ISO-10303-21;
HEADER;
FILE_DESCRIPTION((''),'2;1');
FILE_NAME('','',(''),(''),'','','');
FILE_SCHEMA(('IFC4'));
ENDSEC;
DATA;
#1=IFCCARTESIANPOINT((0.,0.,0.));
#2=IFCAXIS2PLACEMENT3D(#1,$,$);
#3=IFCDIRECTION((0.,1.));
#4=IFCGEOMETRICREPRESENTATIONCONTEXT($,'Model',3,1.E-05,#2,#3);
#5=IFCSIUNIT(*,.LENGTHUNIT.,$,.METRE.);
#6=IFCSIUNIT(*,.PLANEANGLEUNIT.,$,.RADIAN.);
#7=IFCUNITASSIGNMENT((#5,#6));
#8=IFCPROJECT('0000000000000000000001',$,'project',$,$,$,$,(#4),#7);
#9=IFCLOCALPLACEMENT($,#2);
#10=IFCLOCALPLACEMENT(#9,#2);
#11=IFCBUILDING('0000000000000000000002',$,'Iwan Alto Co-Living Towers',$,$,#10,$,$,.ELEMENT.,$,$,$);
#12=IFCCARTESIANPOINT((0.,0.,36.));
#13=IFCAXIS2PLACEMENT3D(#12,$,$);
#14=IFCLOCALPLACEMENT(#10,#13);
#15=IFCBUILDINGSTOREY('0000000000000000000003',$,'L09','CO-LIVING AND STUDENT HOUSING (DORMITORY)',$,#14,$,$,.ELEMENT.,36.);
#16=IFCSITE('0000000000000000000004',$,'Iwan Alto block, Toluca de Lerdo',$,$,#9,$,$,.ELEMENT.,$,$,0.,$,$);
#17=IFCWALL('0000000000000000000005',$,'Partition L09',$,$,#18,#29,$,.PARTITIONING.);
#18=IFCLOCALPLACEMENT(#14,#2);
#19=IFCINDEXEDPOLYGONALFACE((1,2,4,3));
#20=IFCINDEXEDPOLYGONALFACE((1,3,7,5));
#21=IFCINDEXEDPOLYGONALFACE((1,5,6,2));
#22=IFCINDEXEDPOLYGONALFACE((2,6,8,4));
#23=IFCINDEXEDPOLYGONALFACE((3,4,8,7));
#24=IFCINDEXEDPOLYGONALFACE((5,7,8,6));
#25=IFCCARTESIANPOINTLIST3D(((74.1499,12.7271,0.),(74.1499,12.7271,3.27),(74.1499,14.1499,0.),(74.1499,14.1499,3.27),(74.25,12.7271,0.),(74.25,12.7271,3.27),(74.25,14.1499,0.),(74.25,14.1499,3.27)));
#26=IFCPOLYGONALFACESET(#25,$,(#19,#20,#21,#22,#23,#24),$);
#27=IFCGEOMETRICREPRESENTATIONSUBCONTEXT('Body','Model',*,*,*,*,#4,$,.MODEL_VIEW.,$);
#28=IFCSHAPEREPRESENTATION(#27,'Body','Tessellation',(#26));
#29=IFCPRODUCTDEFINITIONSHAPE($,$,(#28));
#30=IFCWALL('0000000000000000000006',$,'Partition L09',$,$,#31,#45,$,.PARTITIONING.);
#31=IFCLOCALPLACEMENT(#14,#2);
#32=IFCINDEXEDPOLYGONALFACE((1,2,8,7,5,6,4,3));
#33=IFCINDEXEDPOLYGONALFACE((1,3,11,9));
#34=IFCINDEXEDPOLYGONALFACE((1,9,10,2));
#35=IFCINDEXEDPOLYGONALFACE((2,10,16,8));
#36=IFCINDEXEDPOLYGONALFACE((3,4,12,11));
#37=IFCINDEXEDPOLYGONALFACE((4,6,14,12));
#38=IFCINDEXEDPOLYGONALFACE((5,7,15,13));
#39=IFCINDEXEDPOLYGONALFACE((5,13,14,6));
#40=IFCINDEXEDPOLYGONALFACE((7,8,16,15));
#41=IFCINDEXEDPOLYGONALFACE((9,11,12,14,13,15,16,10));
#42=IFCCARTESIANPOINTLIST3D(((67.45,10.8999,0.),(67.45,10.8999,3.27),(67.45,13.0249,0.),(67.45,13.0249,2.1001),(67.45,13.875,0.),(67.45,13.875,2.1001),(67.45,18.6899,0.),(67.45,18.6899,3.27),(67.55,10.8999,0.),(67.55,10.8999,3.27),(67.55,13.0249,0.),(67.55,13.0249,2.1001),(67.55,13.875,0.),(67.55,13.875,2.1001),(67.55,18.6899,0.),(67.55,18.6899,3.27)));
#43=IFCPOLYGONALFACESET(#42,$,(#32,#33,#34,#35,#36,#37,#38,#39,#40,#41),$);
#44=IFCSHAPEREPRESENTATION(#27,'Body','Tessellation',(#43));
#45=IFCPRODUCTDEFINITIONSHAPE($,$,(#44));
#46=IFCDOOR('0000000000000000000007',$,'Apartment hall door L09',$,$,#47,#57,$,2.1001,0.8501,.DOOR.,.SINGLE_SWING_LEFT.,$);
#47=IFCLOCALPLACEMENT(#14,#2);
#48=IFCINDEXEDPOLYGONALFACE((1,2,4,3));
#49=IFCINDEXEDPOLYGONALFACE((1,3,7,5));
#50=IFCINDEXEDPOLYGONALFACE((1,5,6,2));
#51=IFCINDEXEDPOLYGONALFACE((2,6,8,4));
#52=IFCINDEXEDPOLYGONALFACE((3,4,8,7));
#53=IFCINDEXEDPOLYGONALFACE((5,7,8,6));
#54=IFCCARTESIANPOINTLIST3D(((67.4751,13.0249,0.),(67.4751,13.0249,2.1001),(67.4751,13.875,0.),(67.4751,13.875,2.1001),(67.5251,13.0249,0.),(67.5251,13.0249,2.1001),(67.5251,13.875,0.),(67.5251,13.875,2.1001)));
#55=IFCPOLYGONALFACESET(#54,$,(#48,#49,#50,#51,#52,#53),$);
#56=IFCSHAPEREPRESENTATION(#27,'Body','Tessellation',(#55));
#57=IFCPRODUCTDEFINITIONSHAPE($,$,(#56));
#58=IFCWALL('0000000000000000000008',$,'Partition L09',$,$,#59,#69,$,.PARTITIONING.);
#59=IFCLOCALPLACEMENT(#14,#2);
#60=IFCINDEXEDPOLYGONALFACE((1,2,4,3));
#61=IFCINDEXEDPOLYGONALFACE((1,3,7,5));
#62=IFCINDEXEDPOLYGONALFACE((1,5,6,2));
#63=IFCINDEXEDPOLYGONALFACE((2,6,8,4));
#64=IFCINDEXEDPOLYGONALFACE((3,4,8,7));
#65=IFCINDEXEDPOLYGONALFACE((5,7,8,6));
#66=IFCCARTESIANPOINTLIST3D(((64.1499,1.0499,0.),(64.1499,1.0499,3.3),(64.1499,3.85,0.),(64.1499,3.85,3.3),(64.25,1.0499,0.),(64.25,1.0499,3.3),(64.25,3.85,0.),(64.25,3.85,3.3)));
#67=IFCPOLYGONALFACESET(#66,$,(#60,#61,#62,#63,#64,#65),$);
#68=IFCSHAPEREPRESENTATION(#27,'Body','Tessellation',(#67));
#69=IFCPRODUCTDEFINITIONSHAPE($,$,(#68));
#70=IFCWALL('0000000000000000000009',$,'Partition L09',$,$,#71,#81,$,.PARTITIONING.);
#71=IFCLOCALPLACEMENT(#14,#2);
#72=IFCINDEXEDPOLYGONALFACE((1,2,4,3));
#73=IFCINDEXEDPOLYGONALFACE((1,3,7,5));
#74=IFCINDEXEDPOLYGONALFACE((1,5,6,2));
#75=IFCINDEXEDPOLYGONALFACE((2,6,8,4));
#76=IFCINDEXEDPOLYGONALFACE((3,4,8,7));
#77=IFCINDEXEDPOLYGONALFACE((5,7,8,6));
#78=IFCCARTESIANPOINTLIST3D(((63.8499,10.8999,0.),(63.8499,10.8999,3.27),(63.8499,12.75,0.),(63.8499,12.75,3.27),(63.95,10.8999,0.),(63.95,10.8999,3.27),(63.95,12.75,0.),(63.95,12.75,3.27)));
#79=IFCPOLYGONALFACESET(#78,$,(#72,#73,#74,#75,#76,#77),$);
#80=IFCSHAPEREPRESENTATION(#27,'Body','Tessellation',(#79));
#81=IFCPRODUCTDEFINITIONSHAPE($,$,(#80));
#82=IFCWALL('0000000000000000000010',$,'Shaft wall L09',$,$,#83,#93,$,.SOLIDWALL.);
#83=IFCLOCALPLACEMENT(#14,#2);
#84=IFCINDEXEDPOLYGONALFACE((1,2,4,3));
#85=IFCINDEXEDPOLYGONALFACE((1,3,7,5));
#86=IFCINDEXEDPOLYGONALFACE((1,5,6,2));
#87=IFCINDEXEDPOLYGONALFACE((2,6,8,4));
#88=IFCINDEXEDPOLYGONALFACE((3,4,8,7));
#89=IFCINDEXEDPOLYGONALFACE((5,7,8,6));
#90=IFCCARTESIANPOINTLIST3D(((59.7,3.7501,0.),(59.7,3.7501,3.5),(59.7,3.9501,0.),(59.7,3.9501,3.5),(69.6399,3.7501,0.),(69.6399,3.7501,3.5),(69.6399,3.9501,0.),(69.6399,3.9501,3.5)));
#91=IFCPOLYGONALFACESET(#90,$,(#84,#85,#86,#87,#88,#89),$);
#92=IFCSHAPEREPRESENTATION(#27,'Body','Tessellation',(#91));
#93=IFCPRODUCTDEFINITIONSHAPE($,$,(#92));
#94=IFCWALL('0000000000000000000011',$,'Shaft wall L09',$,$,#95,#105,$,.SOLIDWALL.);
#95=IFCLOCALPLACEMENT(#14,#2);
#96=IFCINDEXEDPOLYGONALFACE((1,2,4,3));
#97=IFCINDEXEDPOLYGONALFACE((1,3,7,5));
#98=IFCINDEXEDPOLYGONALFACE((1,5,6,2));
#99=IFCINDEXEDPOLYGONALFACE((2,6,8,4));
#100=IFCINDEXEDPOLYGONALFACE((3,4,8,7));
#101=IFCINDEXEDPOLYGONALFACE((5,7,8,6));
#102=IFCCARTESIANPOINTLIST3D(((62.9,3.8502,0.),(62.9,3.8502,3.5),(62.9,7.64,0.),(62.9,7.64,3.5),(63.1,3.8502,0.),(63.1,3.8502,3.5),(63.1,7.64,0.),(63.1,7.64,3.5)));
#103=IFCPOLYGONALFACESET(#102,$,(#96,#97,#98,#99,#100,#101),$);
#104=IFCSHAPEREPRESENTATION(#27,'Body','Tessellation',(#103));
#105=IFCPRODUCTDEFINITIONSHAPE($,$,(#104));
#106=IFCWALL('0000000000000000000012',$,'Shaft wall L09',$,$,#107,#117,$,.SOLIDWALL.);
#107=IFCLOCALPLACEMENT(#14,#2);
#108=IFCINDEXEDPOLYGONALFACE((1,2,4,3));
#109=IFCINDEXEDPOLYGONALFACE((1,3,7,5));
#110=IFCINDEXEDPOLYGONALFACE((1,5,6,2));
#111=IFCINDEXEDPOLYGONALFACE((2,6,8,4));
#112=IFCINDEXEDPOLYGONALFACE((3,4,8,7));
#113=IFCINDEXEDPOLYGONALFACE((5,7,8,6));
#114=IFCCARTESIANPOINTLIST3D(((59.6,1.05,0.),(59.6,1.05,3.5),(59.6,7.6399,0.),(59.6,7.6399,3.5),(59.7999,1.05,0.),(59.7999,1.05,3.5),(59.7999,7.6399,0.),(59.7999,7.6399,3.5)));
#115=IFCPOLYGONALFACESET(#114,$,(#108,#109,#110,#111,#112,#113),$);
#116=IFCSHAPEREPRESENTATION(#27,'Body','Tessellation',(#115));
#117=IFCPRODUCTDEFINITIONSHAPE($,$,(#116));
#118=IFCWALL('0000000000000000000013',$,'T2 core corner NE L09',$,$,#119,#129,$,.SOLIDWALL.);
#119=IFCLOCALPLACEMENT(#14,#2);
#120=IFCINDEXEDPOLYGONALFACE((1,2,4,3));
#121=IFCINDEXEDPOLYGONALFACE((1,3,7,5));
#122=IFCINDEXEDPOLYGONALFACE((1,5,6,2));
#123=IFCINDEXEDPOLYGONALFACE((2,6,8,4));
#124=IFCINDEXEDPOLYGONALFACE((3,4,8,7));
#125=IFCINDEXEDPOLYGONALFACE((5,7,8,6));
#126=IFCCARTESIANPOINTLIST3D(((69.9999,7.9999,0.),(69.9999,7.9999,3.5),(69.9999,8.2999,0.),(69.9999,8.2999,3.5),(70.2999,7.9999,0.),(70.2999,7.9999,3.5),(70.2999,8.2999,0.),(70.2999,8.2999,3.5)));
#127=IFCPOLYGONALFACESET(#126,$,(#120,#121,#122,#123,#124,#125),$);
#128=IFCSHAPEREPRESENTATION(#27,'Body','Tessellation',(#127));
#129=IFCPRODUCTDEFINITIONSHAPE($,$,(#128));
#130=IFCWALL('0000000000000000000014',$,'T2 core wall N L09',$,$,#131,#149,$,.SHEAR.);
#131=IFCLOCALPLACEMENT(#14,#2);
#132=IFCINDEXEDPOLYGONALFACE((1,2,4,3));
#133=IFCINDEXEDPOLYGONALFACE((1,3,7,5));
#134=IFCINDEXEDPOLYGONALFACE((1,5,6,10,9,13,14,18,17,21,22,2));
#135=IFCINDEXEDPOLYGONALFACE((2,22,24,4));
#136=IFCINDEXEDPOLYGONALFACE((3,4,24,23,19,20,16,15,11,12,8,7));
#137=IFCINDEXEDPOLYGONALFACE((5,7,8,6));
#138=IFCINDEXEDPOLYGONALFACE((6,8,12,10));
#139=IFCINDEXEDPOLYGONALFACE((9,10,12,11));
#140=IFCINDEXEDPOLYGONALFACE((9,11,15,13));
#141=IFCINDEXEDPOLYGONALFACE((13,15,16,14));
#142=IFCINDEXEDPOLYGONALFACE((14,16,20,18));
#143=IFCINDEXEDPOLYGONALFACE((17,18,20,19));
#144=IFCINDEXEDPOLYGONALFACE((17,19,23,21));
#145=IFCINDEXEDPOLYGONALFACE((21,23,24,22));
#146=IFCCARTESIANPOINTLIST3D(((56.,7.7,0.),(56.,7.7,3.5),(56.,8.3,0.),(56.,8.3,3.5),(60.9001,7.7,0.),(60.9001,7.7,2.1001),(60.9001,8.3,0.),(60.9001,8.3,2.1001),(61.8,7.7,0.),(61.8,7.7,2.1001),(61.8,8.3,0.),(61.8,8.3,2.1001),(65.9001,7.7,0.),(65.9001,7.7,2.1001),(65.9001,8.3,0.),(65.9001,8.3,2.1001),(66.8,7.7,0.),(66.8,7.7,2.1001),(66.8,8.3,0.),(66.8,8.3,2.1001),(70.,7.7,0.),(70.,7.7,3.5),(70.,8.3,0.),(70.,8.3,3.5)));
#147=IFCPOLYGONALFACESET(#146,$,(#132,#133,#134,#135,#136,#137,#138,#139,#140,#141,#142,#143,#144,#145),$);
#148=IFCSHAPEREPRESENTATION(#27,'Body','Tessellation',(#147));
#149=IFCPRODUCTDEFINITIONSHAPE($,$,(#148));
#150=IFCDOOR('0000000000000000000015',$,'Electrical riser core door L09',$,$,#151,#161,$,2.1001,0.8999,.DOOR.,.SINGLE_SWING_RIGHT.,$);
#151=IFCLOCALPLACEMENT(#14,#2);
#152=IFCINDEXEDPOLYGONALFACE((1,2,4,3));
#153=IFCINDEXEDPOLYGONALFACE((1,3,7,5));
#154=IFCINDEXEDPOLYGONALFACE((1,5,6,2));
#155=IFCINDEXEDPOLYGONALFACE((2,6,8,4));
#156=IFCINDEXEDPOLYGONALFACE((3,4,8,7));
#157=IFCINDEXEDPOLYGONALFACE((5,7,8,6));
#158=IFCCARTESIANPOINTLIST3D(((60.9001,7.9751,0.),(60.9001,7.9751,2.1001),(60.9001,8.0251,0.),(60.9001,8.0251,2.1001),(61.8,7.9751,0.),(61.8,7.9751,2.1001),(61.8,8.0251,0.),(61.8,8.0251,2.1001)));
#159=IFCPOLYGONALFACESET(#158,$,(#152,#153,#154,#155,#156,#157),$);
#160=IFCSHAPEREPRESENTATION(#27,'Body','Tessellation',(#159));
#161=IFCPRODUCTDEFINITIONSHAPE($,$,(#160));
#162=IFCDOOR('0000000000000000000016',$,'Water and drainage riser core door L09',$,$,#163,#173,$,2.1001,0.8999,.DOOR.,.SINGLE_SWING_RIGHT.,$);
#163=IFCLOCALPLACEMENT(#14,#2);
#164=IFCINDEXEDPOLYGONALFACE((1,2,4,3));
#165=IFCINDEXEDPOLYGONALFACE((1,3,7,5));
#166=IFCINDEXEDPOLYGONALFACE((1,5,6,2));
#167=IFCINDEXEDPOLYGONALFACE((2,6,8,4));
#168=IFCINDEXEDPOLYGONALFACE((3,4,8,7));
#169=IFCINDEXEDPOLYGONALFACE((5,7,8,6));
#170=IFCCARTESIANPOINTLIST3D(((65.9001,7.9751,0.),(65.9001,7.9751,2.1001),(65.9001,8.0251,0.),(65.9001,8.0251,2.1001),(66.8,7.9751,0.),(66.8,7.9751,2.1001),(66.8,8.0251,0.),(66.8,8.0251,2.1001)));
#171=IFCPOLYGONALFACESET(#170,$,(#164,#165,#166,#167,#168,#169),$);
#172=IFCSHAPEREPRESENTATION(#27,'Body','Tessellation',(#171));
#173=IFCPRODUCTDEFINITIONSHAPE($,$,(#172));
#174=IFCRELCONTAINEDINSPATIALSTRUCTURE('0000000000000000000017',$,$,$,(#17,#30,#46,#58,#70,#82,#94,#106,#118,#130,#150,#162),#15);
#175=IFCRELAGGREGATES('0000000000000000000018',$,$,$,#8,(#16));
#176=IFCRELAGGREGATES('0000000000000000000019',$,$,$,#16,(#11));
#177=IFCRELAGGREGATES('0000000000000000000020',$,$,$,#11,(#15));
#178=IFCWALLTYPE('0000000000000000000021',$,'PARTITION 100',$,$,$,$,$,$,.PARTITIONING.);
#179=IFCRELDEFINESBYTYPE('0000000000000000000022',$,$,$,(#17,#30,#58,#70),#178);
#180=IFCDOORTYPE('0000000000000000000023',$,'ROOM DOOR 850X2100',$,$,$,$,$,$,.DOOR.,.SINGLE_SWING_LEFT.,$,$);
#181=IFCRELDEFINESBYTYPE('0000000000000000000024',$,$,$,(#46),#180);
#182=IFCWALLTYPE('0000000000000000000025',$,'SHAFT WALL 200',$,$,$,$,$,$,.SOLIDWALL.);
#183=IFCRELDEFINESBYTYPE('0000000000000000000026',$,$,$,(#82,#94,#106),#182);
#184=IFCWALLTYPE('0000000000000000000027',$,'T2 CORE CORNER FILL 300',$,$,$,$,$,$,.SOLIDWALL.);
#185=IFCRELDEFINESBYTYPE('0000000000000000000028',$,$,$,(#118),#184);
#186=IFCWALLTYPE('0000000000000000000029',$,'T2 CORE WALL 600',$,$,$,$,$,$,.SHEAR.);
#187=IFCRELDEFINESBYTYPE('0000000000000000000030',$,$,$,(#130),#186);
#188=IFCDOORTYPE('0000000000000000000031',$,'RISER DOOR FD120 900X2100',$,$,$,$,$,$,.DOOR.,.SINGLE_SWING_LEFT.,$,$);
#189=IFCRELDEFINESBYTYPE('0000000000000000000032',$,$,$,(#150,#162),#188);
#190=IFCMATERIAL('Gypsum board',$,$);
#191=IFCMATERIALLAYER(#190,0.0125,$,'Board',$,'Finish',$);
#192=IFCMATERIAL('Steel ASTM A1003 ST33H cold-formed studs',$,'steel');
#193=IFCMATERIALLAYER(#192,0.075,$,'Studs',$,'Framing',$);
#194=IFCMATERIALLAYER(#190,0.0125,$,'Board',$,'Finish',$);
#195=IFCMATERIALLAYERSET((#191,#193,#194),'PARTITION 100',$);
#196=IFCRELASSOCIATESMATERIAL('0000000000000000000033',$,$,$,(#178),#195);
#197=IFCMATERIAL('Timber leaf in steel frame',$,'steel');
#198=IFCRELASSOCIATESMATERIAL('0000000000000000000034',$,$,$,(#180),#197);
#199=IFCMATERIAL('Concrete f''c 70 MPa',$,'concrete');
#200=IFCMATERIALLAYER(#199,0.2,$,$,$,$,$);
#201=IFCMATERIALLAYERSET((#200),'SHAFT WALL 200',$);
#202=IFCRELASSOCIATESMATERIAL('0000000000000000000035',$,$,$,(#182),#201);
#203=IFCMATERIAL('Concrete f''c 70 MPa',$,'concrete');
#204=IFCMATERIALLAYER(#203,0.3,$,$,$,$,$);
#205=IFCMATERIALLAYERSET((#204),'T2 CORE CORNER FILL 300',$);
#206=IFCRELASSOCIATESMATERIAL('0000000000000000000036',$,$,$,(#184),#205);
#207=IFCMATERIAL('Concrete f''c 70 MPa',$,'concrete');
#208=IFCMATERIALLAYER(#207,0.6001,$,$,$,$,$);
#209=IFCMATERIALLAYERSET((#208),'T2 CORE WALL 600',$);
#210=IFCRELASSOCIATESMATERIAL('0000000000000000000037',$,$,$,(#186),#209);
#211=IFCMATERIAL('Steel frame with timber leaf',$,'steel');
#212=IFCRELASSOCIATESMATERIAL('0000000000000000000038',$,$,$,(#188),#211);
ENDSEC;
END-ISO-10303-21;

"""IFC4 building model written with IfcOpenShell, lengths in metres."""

from ifc_helpers import new_model, si_unit, direction, frame, frame_2d, origin, place, context, subcontext, project, spatial, rectangle, extrude, material, layer, layer_set, type_object, element, fill, save


model = new_model("IFC4")

# Units and contexts
model_context = context("Model", 3, precision=1e-05, world=origin(), true_north=direction((0.0, 1.0)))
body_context = subcontext(model_context, "Body", "Model", "MODEL_VIEW")
ifc_project = project(units=[si_unit("LENGTHUNIT", "METRE"), si_unit("PLANEANGLEUNIT", "RADIAN")], contexts=[model_context])

# Site, building, storey
site_placement = place(None, origin())
site = spatial("IfcSite", under=ifc_project, at=site_placement, Name="Iwan Alto block, Toluca de Lerdo", CompositionType="ELEMENT", RefElevation=0.0)
building_placement = place(site_placement, origin())
building = spatial("IfcBuilding", under=site, at=building_placement, Name="Iwan Alto Co-Living Towers", CompositionType="ELEMENT")
storey_placement = place(building_placement, frame((0.0, 0.0, 36.0)))
storey = spatial("IfcBuildingStorey", under=building, at=storey_placement, Name="L09", Description="CO-LIVING AND STUDENT HOUSING (DORMITORY)", CompositionType="ELEMENT", Elevation=36.0)

# Shared definitions
ifc_material_1 = material(Name="Gypsum board")
ifc_layer_1 = layer(ifc_material_1, 0.0125, Name="Board", Category="Finish")
ifc_material_2 = material(Name="Steel ASTM A1003 ST33H cold-formed studs", Category="steel")
ifc_layer_2 = layer(ifc_material_2, 0.075, Name="Studs", Category="Framing")
ifc_layer_3 = layer(ifc_material_1, 0.0125, Name="Board", Category="Finish")
ifc_layer_set_1 = layer_set([ifc_layer_1, ifc_layer_2, ifc_layer_3], Name="PARTITION 100")
wall_type_1 = type_object("IfcWallType", Name="PARTITION 100", PredefinedType="PARTITIONING", material=ifc_layer_set_1)
ifc_material_3 = material(Name="Timber leaf in steel frame", Category="steel")
door_type_1 = type_object("IfcDoorType", Name="ROOM DOOR 850X2100", OperationType="SINGLE_SWING_LEFT", PredefinedType="DOOR", material=ifc_material_3)

# Wall
wall_1_placement = place(storey_placement, frame((74.2, 12.7271, 0.0), z_axis=(0.0, 0.0, 1.0), x_axis=(0.0, 1.0, 0.0)))
element("IfcWall", 1, at=wall_1_placement, inside=storey, type_object=wall_type_1, Name="Partition L09", PredefinedType="PARTITIONING", context=body_context, shape_type="SweptSolid", body=[
    extrude(rectangle(XDim=1.4229, YDim=0.1001, at=frame_2d((0.7114, 0.0))), origin(), (0.0, 0.0, 1.0), 3.27),
])

# Wall, opening, door
wall_2_placement = place(storey_placement, frame((67.5, 10.8999, 0.0), z_axis=(0.0, 0.0, 1.0), x_axis=(0.0, 1.0, 0.0)))
wall_2 = element("IfcWall", 2, at=wall_2_placement, inside=storey, type_object=wall_type_1, Name="Partition L09", PredefinedType="PARTITIONING", context=body_context, shape_type="SweptSolid", body=[
    extrude(rectangle(XDim=7.79, YDim=0.1001, at=frame_2d((3.895, 0.0))), origin(), (0.0, 0.0, 1.0), 3.27),
])
opening_1_placement = place(wall_2_placement, frame((2.125, 0.0, 0.0)))
opening_1 = element("IfcOpeningElement", 3, at=opening_1_placement, cuts=wall_2, PredefinedType="OPENING", context=body_context, shape_type="SweptSolid", body=[
    extrude(rectangle(XDim=0.8501, YDim=2.1001, at=frame_2d((0.425, 1.05))), frame((0.0, 0.0601, 0.0), z_axis=(0.0, -1.0, 0.0), x_axis=(1.0, 0.0, 0.0)), (0.0, 0.0, 1.0), 0.1201),
])
door_1_placement = place(opening_1_placement, origin())
door_1 = element("IfcDoor", 4, at=door_1_placement, inside=storey, type_object=door_type_1, Name="Apartment hall door L09", OperationType="SINGLE_SWING_LEFT", OverallHeight=2.1001, OverallWidth=0.8501, PredefinedType="DOOR", context=body_context, shape_type="SweptSolid", body=[
    extrude(rectangle(XDim=0.8501, YDim=2.1001, at=frame_2d((0.425, 1.05))), frame((0.0, 0.0249, 0.0), z_axis=(0.0, -1.0, 0.0), x_axis=(1.0, 0.0, 0.0)), (0.0, 0.0, 1.0), 0.05),
])
fill(opening_1, door_1)

# Walls
wall_3_placement = place(storey_placement, frame((64.2, 1.05, 0.0), z_axis=(0.0, 0.0, 1.0), x_axis=(0.0, 1.0, 0.0)))
element("IfcWall", 5, at=wall_3_placement, inside=storey, type_object=wall_type_1, Name="Partition L09", PredefinedType="PARTITIONING", context=body_context, shape_type="SweptSolid", body=[
    extrude(rectangle(XDim=2.8, YDim=0.1001, at=frame_2d((1.3999, 0.0))), origin(), (0.0, 0.0, 1.0), 3.3),
])
wall_4_placement = place(storey_placement, frame((63.8999, 10.8999, 0.0), z_axis=(0.0, 0.0, 1.0), x_axis=(0.0, 1.0, 0.0)))
element("IfcWall", 6, at=wall_4_placement, inside=storey, type_object=wall_type_1, Name="Partition L09", PredefinedType="PARTITIONING", context=body_context, shape_type="SweptSolid", body=[
    extrude(rectangle(XDim=1.8501, YDim=0.1001, at=frame_2d((0.925, 0.0))), origin(), (0.0, 0.0, 1.0), 3.27),
])
ifc_material_4 = material(Name="Concrete f'c 70 MPa", Category="concrete")
ifc_layer_4 = layer(ifc_material_4, 0.2)
ifc_layer_set_2 = layer_set([ifc_layer_4], Name="SHAFT WALL 200")
wall_type_2 = type_object("IfcWallType", Name="SHAFT WALL 200", PredefinedType="SOLIDWALL", material=ifc_layer_set_2)
wall_5_placement = place(storey_placement, frame((59.7, 3.8501, 0.0), z_axis=(0.0, 0.0, 1.0), x_axis=(1.0, 0.0, 0.0)))
element("IfcWall", 7, at=wall_5_placement, inside=storey, type_object=wall_type_2, Name="Shaft wall L09", PredefinedType="SOLIDWALL", context=body_context, shape_type="SweptSolid", body=[
    extrude(rectangle(XDim=9.9399, YDim=0.2, at=frame_2d((4.97, 0.0))), origin(), (0.0, 0.0, 1.0), 3.5),
])
wall_6_placement = place(storey_placement, frame((63.0, 3.8501, 0.0), z_axis=(0.0, 0.0, 1.0), x_axis=(0.0, 1.0, 0.0)))
element("IfcWall", 8, at=wall_6_placement, inside=storey, type_object=wall_type_2, Name="Shaft wall L09", PredefinedType="SOLIDWALL", context=body_context, shape_type="SweptSolid", body=[
    extrude(rectangle(XDim=3.7898, YDim=0.2, at=frame_2d((1.895, 0.0))), origin(), (0.0, 0.0, 1.0), 3.5),
])
wall_7_placement = place(storey_placement, frame((59.7, 1.05, 0.0), z_axis=(0.0, 0.0, 1.0), x_axis=(0.0, 1.0, 0.0)))
element("IfcWall", 9, at=wall_7_placement, inside=storey, type_object=wall_type_2, Name="Shaft wall L09", PredefinedType="SOLIDWALL", context=body_context, shape_type="SweptSolid", body=[
    extrude(rectangle(XDim=6.5898, YDim=0.2, at=frame_2d((3.2949, 0.0))), origin(), (0.0, 0.0, 1.0), 3.5),
])
ifc_material_5 = material(Name="Concrete f'c 70 MPa", Category="concrete")
ifc_layer_5 = layer(ifc_material_5, 0.3)
ifc_layer_set_3 = layer_set([ifc_layer_5], Name="T2 CORE CORNER FILL 300")
wall_type_3 = type_object("IfcWallType", Name="T2 CORE CORNER FILL 300", PredefinedType="SOLIDWALL", material=ifc_layer_set_3)
wall_8_placement = place(storey_placement, frame((70.0, 8.1499, 0.0), z_axis=(0.0, 0.0, 1.0), x_axis=(1.0, 0.0, 0.0)))
element("IfcWall", 10, at=wall_8_placement, inside=storey, type_object=wall_type_3, Name="T2 core corner NE L09", PredefinedType="SOLIDWALL", context=body_context, shape_type="SweptSolid", body=[
    extrude(rectangle(XDim=0.3, YDim=0.3, at=frame_2d((0.1499, 0.0))), origin(), (0.0, 0.0, 1.0), 3.5),
])

# Wall, openings, doors
ifc_material_6 = material(Name="Concrete f'c 70 MPa", Category="concrete")
ifc_layer_6 = layer(ifc_material_6, 0.6001)
ifc_layer_set_4 = layer_set([ifc_layer_6], Name="T2 CORE WALL 600")
wall_type_4 = type_object("IfcWallType", Name="T2 CORE WALL 600", PredefinedType="SHEAR", material=ifc_layer_set_4)
wall_9_placement = place(storey_placement, frame((70.0, 8.0, 0.0), z_axis=(0.0, 0.0, 1.0), x_axis=(-1.0, 0.0, 0.0)))
wall_9 = element("IfcWall", 11, at=wall_9_placement, inside=storey, type_object=wall_type_4, Name="T2 core wall N L09", PredefinedType="SHEAR", context=body_context, shape_type="SweptSolid", body=[
    extrude(rectangle(XDim=14.0, YDim=0.6001, at=frame_2d((7.0, 0.0))), origin(), (0.0, 0.0, 1.0), 3.5),
])
opening_2_placement = place(wall_9_placement, frame((8.2, 0.0, 0.0)))
opening_2 = element("IfcOpeningElement", 12, at=opening_2_placement, cuts=wall_9, PredefinedType="OPENING", context=body_context, shape_type="SweptSolid", body=[
    extrude(rectangle(XDim=0.8999, YDim=2.1001, at=frame_2d((0.45, 1.05))), frame((0.0, 0.3101, 0.0), z_axis=(0.0, -1.0, 0.0), x_axis=(1.0, 0.0, 0.0)), (0.0, 0.0, 1.0), 0.6201),
])
opening_3_placement = place(wall_9_placement, frame((3.2, 0.0, 0.0)))
opening_3 = element("IfcOpeningElement", 13, at=opening_3_placement, cuts=wall_9, PredefinedType="OPENING", context=body_context, shape_type="SweptSolid", body=[
    extrude(rectangle(XDim=0.8999, YDim=2.1001, at=frame_2d((0.45, 1.05))), frame((0.0, 0.3101, 0.0), z_axis=(0.0, -1.0, 0.0), x_axis=(1.0, 0.0, 0.0)), (0.0, 0.0, 1.0), 0.6201),
])
ifc_material_7 = material(Name="Steel frame with timber leaf", Category="steel")
door_type_2 = type_object("IfcDoorType", Name="RISER DOOR FD120 900X2100", OperationType="SINGLE_SWING_LEFT", PredefinedType="DOOR", material=ifc_material_7)
door_2_placement = place(opening_2_placement, origin())
door_2 = element("IfcDoor", 14, at=door_2_placement, inside=storey, type_object=door_type_2, Name="Electrical riser core door L09", OperationType="SINGLE_SWING_RIGHT", OverallHeight=2.1001, OverallWidth=0.8999, PredefinedType="DOOR", context=body_context, shape_type="SweptSolid", body=[
    extrude(rectangle(XDim=0.8999, YDim=2.1001, at=frame_2d((0.45, 1.05))), frame((0.0, 0.0249, 0.0), z_axis=(0.0, -1.0, 0.0), x_axis=(1.0, 0.0, 0.0)), (0.0, 0.0, 1.0), 0.05),
])
fill(opening_2, door_2)
door_3_placement = place(opening_3_placement, origin())
door_3 = element("IfcDoor", 15, at=door_3_placement, inside=storey, type_object=door_type_2, Name="Water and drainage riser core door L09", OperationType="SINGLE_SWING_RIGHT", OverallHeight=2.1001, OverallWidth=0.8999, PredefinedType="DOOR", context=body_context, shape_type="SweptSolid", body=[
    extrude(rectangle(XDim=0.8999, YDim=2.1001, at=frame_2d((0.45, 1.05))), frame((0.0, 0.0249, 0.0), z_axis=(0.0, -1.0, 0.0), x_axis=(1.0, 0.0, 0.0)), (0.0, 0.0, 1.0), 0.05),
])
fill(opening_3, door_3)

save(model, "model.ifc")
